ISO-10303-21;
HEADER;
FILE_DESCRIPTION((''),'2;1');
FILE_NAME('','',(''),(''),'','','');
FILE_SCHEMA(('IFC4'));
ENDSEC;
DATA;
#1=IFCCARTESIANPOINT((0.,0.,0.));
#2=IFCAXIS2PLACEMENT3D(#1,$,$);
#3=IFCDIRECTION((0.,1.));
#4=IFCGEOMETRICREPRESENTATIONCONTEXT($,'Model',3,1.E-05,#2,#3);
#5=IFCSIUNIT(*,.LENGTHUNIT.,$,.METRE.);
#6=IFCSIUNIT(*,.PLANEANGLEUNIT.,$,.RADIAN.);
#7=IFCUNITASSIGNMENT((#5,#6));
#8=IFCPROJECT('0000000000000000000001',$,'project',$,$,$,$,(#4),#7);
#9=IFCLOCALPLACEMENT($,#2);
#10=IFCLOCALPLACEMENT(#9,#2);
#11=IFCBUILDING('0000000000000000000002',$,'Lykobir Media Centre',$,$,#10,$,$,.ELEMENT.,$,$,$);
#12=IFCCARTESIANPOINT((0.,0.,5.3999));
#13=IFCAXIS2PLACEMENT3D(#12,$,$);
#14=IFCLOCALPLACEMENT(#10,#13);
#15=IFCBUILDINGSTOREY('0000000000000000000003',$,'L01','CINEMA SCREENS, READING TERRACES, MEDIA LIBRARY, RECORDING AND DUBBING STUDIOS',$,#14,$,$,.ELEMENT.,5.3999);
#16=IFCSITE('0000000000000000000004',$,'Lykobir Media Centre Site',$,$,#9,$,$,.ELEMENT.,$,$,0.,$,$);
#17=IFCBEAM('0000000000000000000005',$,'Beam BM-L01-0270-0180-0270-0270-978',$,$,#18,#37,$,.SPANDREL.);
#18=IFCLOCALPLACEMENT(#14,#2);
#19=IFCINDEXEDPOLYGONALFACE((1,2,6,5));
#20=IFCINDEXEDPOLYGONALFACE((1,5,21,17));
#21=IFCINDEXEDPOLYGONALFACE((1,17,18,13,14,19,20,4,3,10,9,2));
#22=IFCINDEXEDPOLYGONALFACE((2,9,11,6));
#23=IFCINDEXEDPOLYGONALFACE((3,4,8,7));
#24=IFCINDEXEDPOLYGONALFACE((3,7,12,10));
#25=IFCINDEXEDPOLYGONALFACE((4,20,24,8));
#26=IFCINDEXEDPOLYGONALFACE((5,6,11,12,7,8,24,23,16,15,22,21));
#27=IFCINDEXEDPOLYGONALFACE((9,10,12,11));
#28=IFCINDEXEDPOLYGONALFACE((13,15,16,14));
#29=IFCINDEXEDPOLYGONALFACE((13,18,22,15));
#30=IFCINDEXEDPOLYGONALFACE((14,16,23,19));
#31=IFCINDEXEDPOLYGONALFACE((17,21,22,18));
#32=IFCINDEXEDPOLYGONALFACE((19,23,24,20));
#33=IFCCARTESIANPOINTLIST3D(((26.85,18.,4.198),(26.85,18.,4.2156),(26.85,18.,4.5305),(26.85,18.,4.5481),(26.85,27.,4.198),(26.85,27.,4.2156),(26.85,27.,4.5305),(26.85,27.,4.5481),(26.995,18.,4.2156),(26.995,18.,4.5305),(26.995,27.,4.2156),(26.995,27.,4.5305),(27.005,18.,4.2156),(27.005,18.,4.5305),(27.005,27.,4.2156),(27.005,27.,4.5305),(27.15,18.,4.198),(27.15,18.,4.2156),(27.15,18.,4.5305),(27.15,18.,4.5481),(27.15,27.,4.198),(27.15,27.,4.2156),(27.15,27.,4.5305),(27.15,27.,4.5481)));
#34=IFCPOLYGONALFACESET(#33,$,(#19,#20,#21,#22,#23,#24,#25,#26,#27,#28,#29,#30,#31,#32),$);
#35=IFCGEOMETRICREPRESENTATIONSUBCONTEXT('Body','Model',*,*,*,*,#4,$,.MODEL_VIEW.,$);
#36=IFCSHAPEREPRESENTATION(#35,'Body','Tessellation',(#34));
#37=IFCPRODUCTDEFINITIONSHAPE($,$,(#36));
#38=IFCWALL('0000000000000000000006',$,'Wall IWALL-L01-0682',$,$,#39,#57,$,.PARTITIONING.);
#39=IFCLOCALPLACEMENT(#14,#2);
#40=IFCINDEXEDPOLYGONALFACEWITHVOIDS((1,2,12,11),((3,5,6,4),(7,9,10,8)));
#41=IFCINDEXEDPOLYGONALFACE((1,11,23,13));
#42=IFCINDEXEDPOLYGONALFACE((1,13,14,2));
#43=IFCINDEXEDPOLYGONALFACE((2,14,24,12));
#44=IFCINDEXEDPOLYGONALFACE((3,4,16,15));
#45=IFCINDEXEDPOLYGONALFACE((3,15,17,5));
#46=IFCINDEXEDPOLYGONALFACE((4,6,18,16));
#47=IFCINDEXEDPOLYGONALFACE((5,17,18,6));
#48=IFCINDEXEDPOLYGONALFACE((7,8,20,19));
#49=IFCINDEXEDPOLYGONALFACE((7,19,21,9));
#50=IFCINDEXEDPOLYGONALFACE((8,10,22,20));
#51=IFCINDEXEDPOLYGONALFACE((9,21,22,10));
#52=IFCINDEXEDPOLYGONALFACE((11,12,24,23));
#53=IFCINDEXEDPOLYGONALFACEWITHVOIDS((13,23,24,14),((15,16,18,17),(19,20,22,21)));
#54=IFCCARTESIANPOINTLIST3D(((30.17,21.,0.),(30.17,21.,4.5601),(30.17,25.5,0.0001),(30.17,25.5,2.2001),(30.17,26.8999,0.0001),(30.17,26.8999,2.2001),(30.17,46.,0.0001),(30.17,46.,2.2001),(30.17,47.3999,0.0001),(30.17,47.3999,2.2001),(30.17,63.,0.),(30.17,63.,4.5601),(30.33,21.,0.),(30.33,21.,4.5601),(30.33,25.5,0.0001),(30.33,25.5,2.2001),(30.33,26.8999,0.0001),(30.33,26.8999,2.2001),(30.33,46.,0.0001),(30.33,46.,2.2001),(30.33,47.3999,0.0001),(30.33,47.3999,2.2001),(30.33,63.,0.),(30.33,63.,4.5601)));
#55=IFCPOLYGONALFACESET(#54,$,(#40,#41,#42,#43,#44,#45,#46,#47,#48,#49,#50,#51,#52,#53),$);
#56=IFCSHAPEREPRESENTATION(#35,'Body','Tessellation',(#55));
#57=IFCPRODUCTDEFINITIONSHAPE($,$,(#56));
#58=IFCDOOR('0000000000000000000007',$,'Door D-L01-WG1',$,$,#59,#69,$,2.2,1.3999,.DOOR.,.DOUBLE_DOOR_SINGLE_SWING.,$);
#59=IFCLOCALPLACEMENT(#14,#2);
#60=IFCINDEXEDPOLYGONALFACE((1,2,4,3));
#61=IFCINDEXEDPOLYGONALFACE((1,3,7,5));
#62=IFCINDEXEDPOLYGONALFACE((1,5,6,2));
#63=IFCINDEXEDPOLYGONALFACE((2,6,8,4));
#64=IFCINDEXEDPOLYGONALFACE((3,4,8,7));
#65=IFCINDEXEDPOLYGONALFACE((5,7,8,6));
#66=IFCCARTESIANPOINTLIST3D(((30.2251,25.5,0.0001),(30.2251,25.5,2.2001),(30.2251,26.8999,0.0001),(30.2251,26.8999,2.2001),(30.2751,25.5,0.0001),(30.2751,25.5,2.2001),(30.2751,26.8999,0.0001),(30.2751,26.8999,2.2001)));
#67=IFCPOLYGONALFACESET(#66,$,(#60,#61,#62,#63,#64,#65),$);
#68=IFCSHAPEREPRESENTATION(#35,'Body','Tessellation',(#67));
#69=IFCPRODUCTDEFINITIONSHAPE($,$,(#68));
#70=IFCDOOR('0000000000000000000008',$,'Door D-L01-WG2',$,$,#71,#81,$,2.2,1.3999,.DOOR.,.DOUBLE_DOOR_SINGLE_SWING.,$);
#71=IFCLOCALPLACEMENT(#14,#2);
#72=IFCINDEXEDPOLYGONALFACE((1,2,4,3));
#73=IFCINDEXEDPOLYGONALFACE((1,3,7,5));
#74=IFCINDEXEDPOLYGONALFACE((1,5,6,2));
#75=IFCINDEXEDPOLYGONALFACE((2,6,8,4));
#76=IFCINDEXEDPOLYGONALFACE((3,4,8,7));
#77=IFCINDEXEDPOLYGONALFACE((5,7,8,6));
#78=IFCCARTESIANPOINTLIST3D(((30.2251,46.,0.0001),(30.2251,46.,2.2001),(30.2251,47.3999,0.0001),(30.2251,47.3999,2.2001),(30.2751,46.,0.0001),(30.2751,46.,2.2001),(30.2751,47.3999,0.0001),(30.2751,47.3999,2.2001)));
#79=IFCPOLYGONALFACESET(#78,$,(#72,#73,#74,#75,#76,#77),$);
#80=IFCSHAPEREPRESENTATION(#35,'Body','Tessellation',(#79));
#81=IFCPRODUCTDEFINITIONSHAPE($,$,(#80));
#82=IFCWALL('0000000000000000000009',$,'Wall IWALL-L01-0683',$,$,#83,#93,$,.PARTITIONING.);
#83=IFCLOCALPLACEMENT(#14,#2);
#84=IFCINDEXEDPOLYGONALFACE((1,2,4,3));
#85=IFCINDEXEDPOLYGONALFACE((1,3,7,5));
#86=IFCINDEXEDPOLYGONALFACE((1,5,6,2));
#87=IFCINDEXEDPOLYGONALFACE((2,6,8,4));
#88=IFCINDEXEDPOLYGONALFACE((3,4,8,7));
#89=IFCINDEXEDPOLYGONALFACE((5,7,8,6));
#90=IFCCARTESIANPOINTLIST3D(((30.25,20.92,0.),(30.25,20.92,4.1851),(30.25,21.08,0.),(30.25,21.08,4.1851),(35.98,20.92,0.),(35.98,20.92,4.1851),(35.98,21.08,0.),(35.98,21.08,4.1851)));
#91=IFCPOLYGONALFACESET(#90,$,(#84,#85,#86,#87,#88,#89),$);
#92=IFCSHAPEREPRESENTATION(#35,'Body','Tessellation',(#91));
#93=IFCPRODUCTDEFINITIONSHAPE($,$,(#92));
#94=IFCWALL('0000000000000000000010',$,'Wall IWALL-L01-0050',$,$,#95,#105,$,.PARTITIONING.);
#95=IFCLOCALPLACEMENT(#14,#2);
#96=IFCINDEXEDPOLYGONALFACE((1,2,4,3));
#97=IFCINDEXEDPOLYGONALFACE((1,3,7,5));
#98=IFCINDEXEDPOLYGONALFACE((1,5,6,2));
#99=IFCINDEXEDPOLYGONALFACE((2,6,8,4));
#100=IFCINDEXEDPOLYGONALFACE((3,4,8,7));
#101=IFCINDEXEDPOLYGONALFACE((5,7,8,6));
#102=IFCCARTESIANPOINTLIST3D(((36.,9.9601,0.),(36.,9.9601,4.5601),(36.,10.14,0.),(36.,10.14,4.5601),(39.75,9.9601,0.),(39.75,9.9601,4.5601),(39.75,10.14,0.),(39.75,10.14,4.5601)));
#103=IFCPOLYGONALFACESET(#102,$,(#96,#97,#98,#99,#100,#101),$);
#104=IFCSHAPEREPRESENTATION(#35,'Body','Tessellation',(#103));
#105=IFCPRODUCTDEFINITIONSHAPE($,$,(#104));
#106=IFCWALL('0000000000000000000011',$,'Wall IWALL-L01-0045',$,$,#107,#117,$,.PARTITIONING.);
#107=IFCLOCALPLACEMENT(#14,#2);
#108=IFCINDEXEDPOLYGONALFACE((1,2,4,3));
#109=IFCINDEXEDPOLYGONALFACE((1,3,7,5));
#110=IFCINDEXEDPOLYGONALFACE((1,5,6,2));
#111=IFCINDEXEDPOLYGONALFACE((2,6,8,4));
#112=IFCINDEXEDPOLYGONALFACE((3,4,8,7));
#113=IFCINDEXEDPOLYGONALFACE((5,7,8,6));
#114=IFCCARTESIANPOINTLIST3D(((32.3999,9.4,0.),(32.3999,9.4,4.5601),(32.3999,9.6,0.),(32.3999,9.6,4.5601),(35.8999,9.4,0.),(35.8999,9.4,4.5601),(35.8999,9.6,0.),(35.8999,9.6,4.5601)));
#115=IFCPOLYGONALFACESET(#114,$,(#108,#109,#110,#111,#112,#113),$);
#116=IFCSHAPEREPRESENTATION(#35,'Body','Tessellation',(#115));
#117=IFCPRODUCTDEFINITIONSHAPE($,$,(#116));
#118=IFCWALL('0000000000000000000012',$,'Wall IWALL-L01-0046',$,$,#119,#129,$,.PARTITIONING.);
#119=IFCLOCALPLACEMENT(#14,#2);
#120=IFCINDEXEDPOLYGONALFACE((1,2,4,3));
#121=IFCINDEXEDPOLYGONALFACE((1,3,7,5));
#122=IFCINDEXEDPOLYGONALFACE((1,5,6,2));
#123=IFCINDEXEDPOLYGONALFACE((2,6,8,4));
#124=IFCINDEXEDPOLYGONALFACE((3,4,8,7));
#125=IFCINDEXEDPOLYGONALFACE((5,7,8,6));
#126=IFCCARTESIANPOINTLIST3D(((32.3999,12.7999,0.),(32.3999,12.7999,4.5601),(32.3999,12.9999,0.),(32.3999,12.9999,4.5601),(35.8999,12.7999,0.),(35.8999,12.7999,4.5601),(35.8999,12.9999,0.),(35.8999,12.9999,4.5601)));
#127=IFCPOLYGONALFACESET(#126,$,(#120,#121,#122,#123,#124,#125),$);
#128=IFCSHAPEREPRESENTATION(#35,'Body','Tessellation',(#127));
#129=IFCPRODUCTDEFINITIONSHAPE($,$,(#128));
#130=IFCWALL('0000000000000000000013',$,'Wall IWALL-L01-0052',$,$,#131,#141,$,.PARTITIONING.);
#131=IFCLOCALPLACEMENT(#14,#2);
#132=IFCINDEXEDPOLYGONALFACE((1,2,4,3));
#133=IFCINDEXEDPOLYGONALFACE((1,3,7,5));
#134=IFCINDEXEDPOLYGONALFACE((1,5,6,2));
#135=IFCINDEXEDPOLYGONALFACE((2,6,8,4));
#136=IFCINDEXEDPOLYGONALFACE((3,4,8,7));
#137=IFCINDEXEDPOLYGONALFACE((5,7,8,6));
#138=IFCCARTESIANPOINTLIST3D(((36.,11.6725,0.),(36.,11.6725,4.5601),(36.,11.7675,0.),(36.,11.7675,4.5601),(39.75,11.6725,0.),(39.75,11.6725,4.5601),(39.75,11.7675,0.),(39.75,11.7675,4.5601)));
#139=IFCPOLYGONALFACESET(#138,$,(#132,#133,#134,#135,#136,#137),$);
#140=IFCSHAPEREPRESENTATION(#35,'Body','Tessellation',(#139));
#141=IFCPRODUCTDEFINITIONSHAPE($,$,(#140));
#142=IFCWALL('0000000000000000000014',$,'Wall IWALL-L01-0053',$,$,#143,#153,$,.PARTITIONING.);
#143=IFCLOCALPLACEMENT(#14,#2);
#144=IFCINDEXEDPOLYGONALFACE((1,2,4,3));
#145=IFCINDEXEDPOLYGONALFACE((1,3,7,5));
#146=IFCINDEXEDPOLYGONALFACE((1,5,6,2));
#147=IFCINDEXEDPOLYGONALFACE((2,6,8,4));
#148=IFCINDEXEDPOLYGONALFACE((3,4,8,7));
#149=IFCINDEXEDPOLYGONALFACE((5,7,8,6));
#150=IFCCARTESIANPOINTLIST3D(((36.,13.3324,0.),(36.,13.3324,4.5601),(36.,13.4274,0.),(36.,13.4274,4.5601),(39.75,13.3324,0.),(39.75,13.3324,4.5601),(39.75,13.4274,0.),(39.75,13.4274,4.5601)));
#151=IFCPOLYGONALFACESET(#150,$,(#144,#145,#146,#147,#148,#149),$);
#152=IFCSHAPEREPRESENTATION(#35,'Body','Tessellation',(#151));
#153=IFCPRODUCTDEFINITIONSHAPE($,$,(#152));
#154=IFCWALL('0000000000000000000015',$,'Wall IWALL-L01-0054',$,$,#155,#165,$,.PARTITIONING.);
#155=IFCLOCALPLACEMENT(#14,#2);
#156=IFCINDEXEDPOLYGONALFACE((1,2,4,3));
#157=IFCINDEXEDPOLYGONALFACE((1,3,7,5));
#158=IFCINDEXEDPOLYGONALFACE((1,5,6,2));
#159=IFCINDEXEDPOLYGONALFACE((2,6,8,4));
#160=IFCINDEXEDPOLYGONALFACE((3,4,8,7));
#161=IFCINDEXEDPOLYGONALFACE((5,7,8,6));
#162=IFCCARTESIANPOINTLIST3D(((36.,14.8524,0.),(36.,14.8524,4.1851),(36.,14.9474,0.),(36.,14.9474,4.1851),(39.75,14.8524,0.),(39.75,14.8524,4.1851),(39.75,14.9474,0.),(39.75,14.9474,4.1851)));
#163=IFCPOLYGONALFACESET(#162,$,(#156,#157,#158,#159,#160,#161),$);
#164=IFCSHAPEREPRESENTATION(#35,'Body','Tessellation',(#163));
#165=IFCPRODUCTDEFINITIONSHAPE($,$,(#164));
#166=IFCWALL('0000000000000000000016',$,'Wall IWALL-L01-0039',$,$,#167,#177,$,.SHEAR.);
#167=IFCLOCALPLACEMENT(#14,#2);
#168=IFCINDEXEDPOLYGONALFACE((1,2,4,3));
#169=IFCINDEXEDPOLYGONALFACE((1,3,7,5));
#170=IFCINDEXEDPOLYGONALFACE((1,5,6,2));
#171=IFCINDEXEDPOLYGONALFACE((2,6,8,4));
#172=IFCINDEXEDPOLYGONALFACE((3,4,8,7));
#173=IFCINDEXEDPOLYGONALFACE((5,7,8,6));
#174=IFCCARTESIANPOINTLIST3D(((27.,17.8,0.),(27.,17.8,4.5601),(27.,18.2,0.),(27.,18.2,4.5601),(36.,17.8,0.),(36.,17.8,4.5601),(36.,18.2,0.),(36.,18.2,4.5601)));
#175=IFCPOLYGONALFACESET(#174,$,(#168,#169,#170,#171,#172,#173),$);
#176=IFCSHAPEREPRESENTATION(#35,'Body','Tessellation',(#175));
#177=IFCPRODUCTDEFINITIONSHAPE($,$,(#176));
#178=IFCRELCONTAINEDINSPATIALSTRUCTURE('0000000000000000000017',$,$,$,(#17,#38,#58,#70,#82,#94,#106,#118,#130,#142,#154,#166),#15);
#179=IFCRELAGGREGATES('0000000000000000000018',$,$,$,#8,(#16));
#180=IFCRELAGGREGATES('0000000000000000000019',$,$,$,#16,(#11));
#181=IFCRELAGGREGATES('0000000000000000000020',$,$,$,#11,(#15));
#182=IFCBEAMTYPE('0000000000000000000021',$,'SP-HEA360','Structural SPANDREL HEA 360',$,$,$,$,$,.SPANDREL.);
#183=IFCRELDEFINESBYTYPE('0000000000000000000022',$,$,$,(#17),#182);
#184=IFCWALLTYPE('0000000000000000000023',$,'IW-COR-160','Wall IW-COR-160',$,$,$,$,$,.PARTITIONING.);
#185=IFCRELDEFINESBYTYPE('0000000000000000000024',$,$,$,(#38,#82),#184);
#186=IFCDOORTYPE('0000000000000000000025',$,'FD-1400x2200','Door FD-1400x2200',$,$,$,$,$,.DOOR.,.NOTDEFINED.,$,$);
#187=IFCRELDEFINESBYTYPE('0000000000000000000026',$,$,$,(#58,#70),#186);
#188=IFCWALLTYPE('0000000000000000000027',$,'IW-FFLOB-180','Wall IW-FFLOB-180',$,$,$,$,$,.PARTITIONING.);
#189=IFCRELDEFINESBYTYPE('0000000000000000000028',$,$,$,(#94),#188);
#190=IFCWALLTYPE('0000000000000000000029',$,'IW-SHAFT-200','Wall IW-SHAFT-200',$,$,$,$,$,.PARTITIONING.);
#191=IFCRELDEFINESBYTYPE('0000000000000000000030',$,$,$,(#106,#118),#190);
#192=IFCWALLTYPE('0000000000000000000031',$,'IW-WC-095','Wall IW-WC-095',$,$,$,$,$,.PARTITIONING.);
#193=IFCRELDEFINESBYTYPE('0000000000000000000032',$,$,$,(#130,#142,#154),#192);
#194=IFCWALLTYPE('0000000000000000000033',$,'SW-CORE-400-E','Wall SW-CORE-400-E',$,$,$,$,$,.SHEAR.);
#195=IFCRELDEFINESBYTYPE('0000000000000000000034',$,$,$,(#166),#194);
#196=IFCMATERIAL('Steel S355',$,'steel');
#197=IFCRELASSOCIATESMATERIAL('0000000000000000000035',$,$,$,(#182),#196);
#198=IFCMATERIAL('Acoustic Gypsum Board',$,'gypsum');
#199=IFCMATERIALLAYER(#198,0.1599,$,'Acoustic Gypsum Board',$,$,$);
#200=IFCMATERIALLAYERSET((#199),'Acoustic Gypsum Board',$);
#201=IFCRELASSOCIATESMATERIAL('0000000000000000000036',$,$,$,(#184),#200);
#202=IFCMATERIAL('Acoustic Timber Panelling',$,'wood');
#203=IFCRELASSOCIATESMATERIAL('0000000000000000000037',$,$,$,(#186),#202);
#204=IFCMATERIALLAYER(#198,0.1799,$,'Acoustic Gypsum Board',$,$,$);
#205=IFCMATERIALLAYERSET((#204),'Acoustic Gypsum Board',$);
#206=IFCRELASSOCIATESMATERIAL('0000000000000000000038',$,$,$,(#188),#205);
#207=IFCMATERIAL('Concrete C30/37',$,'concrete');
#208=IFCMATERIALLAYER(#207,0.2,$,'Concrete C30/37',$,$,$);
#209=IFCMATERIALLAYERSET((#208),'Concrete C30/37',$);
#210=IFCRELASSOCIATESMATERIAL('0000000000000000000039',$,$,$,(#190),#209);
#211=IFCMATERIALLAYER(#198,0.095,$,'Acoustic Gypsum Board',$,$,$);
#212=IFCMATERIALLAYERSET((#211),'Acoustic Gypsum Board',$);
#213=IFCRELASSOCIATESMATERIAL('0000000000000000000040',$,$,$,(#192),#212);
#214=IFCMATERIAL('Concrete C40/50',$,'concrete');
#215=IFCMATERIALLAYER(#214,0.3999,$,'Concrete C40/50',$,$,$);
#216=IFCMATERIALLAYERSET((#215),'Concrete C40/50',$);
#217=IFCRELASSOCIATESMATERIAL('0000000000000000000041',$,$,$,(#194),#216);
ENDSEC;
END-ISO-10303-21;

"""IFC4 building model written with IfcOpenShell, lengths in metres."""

from ifc_helpers import new_model, si_unit, direction, frame, frame_2d, origin, origin_2d, place, context, subcontext, project, spatial, rectangle, i_section, extrude, material, layer, layer_set, material_profile, profile_set, type_object, element, fill, save


model = new_model("IFC4")

# Units and contexts
model_context = context("Model", 3, precision=1e-05, world=origin(), true_north=direction((0.0, 1.0)))
body_context = subcontext(model_context, "Body", "Model", "MODEL_VIEW")
ifc_project = project(units=[si_unit("LENGTHUNIT", "METRE"), si_unit("PLANEANGLEUNIT", "RADIAN")], contexts=[model_context])

# Site, building, storey
site_placement = place(None, origin())
site = spatial("IfcSite", under=ifc_project, at=site_placement, Name="Lykobir Media Centre Site", CompositionType="ELEMENT", RefElevation=0.0)
building_placement = place(site_placement, origin())
building = spatial("IfcBuilding", under=site, at=building_placement, Name="Lykobir Media Centre", CompositionType="ELEMENT")
storey_placement = place(building_placement, frame((0.0, 0.0, 5.3999)))
storey = spatial("IfcBuildingStorey", under=building, at=storey_placement, Name="L01", Description="CINEMA SCREENS, READING TERRACES, MEDIA LIBRARY, RECORDING AND DUBBING STUDIOS", CompositionType="ELEMENT", Elevation=5.3999)

# Shared definitions
ifc_material_1 = material(Name="Steel S355", Category="steel")

# Beam
ifc_material_profile_1 = material_profile(ifc_material_1, i_section(OverallWidth=0.3, OverallDepth=0.3501, WebThickness=0.01, FlangeThickness=0.0176, at=origin_2d()), Name="HEA 360")
ifc_profile_set_1 = profile_set([ifc_material_profile_1], Name="Steel S355")
beam_type_1 = type_object("IfcBeamType", Name="SP-HEA360", Description="Structural SPANDREL HEA 360", PredefinedType="SPANDREL", material=ifc_profile_set_1)
for number, where, z_axis, x_axis, name in (
    (1, (27.0, 18.0, 4.373), (0.0, 1.0, 0.0), (-1.0, 0.0, 0.0), "Beam BM-L01-0270-0180-0270-0270-978"),
):
    element("IfcBeam", number, at=place(storey_placement, frame(where, z_axis=z_axis, x_axis=x_axis)), inside=storey, type_object=beam_type_1, Name=name, PredefinedType="SPANDREL", context=body_context, shape_type="SweptSolid", body=[
        extrude(i_section(OverallWidth=0.3, OverallDepth=0.3501, WebThickness=0.01, FlangeThickness=0.0176, at=origin_2d()), origin(), (0.0, 0.0, 1.0), 9.0),
    ])

# Wall, openings, doors
ifc_material_2 = material(Name="Acoustic Gypsum Board", Category="gypsum")
ifc_layer_1 = layer(ifc_material_2, 0.1599, Name="Acoustic Gypsum Board")
ifc_layer_set_1 = layer_set([ifc_layer_1], Name="Acoustic Gypsum Board")
wall_type_1 = type_object("IfcWallType", Name="IW-COR-160", Description="Wall IW-COR-160", PredefinedType="PARTITIONING", material=ifc_layer_set_1)
wall_1_placement = place(storey_placement, frame((30.25, 21.0, 0.0), z_axis=(0.0, 0.0, 1.0), x_axis=(0.0, 1.0, 0.0)))
wall_1 = element("IfcWall", 2, at=wall_1_placement, inside=storey, type_object=wall_type_1, Name="Wall IWALL-L01-0682", PredefinedType="PARTITIONING", context=body_context, shape_type="SweptSolid", body=[
    extrude(rectangle(XDim=42.0, YDim=0.1599, at=frame_2d((21.0, 0.0))), origin(), (0.0, 0.0, 1.0), 4.5601),
])
opening_1_placement = place(wall_1_placement, frame((4.5, 0.0, 0.0)))
opening_1 = element("IfcOpeningElement", 3, at=opening_1_placement, cuts=wall_1, PredefinedType="OPENING", context=body_context, shape_type="SweptSolid", body=[
    extrude(rectangle(XDim=1.3999, YDim=2.2, at=frame_2d((0.7, 1.1001))), frame((0.0, 0.0898, 0.0), z_axis=(0.0, -1.0, 0.0), x_axis=(1.0, 0.0, 0.0)), (0.0, 0.0, 1.0), 0.1799),
])
opening_2_placement = place(wall_1_placement, frame((25.0, 0.0, 0.0)))
opening_2 = element("IfcOpeningElement", 4, at=opening_2_placement, cuts=wall_1, PredefinedType="OPENING", context=body_context, shape_type="SweptSolid", body=[
    extrude(rectangle(XDim=1.3999, YDim=2.2, at=frame_2d((0.7, 1.1001))), frame((0.0, 0.0898, 0.0), z_axis=(0.0, -1.0, 0.0), x_axis=(1.0, 0.0, 0.0)), (0.0, 0.0, 1.0), 0.1799),
])
ifc_material_3 = material(Name="Acoustic Timber Panelling", Category="wood")
door_type = type_object("IfcDoorType", Name="FD-1400x2200", Description="Door FD-1400x2200", OperationType="NOTDEFINED", PredefinedType="DOOR", material=ifc_material_3)
door_1_placement = place(opening_1_placement, origin())
door_1 = element("IfcDoor", 5, at=door_1_placement, inside=storey, type_object=door_type, Name="Door D-L01-WG1", OperationType="DOUBLE_DOOR_SINGLE_SWING", OverallHeight=2.2, OverallWidth=1.3999, PredefinedType="DOOR", context=body_context, shape_type="SweptSolid", body=[
    extrude(rectangle(XDim=1.3999, YDim=2.2, at=frame_2d((0.7, 1.1001))), frame((0.0, 0.0249, 0.0), z_axis=(0.0, -1.0, 0.0), x_axis=(1.0, 0.0, 0.0)), (0.0, 0.0, 1.0), 0.05),
])
fill(opening_1, door_1)
door_2_placement = place(opening_2_placement, origin())
door_2 = element("IfcDoor", 6, at=door_2_placement, inside=storey, type_object=door_type, Name="Door D-L01-WG2", OperationType="DOUBLE_DOOR_SINGLE_SWING", OverallHeight=2.2, OverallWidth=1.3999, PredefinedType="DOOR", context=body_context, shape_type="SweptSolid", body=[
    extrude(rectangle(XDim=1.3999, YDim=2.2, at=frame_2d((0.7, 1.1001))), frame((0.0, 0.0249, 0.0), z_axis=(0.0, -1.0, 0.0), x_axis=(1.0, 0.0, 0.0)), (0.0, 0.0, 1.0), 0.05),
])
fill(opening_2, door_2)

# Walls
wall_2_placement = place(storey_placement, frame((30.25, 21.0, 0.0), z_axis=(0.0, 0.0, 1.0), x_axis=(1.0, 0.0, 0.0)))
element("IfcWall", 7, at=wall_2_placement, inside=storey, type_object=wall_type_1, Name="Wall IWALL-L01-0683", PredefinedType="PARTITIONING", context=body_context, shape_type="SweptSolid", body=[
    extrude(rectangle(XDim=5.73, YDim=0.1599, at=frame_2d((2.865, 0.0))), origin(), (0.0, 0.0, 1.0), 4.1851),
])
ifc_layer_2 = layer(ifc_material_2, 0.1799, Name="Acoustic Gypsum Board")
ifc_layer_set_2 = layer_set([ifc_layer_2], Name="Acoustic Gypsum Board")
wall_type_2 = type_object("IfcWallType", Name="IW-FFLOB-180", Description="Wall IW-FFLOB-180", PredefinedType="PARTITIONING", material=ifc_layer_set_2)
wall_3_placement = place(storey_placement, frame((36.0, 10.05, 0.0), z_axis=(0.0, 0.0, 1.0), x_axis=(1.0, 0.0, 0.0)))
element("IfcWall", 8, at=wall_3_placement, inside=storey, type_object=wall_type_2, Name="Wall IWALL-L01-0050", PredefinedType="PARTITIONING", context=body_context, shape_type="SweptSolid", body=[
    extrude(rectangle(XDim=3.75, YDim=0.1799, at=frame_2d((1.875, 0.0))), origin(), (0.0, 0.0, 1.0), 4.5601),
])
ifc_material_4 = material(Name="Concrete C30/37", Category="concrete")
ifc_layer_3 = layer(ifc_material_4, 0.2, Name="Concrete C30/37")
ifc_layer_set_3 = layer_set([ifc_layer_3], Name="Concrete C30/37")
wall_type_3 = type_object("IfcWallType", Name="IW-SHAFT-200", Description="Wall IW-SHAFT-200", PredefinedType="PARTITIONING", material=ifc_layer_set_3)
for number, where, z_axis, x_axis, name in (
    (9, (32.3999, 9.5, 0.0), (0.0, 0.0, 1.0), (1.0, 0.0, 0.0), "Wall IWALL-L01-0045"),
    (10, (32.3999, 12.8999, 0.0), (0.0, 0.0, 1.0), (1.0, 0.0, 0.0), "Wall IWALL-L01-0046"),
):
    element("IfcWall", number, at=place(storey_placement, frame(where, z_axis=z_axis, x_axis=x_axis)), inside=storey, type_object=wall_type_3, Name=name, PredefinedType="PARTITIONING", context=body_context, shape_type="SweptSolid", body=[
        extrude(rectangle(XDim=3.5, YDim=0.2, at=frame_2d((1.75, 0.0))), origin(), (0.0, 0.0, 1.0), 4.5601),
    ])
ifc_layer_4 = layer(ifc_material_2, 0.095, Name="Acoustic Gypsum Board")
ifc_layer_set_4 = layer_set([ifc_layer_4], Name="Acoustic Gypsum Board")
wall_type_4 = type_object("IfcWallType", Name="IW-WC-095", Description="Wall IW-WC-095", PredefinedType="PARTITIONING", material=ifc_layer_set_4)
for number, where, z_axis, x_axis, name in (
    (11, (36.0, 11.72, 0.0), (0.0, 0.0, 1.0), (1.0, 0.0, 0.0), "Wall IWALL-L01-0052"),
    (12, (36.0, 13.3799, 0.0), (0.0, 0.0, 1.0), (1.0, 0.0, 0.0), "Wall IWALL-L01-0053"),
):
    element("IfcWall", number, at=place(storey_placement, frame(where, z_axis=z_axis, x_axis=x_axis)), inside=storey, type_object=wall_type_4, Name=name, PredefinedType="PARTITIONING", context=body_context, shape_type="SweptSolid", body=[
        extrude(rectangle(XDim=3.75, YDim=0.095, at=frame_2d((1.875, 0.0))), origin(), (0.0, 0.0, 1.0), 4.5601),
    ])
wall_4_placement = place(storey_placement, frame((36.0, 14.8999, 0.0), z_axis=(0.0, 0.0, 1.0), x_axis=(1.0, 0.0, 0.0)))
element("IfcWall", 13, at=wall_4_placement, inside=storey, type_object=wall_type_4, Name="Wall IWALL-L01-0054", PredefinedType="PARTITIONING", context=body_context, shape_type="SweptSolid", body=[
    extrude(rectangle(XDim=3.75, YDim=0.095, at=frame_2d((1.875, 0.0))), origin(), (0.0, 0.0, 1.0), 4.1851),
])
ifc_material_5 = material(Name="Concrete C40/50", Category="concrete")
ifc_layer_5 = layer(ifc_material_5, 0.3999, Name="Concrete C40/50")
ifc_layer_set_5 = layer_set([ifc_layer_5], Name="Concrete C40/50")
wall_type_5 = type_object("IfcWallType", Name="SW-CORE-400-E", Description="Wall SW-CORE-400-E", PredefinedType="SHEAR", material=ifc_layer_set_5)
wall_5_placement = place(storey_placement, frame((36.0, 18.0, 0.0), z_axis=(0.0, 0.0, 1.0), x_axis=(-1.0, 0.0, 0.0)))
element("IfcWall", 14, at=wall_5_placement, inside=storey, type_object=wall_type_5, Name="Wall IWALL-L01-0039", PredefinedType="SHEAR", context=body_context, shape_type="SweptSolid", body=[
    extrude(rectangle(XDim=9.0, YDim=0.3999, at=frame_2d((4.5, 0.0))), origin(), (0.0, 0.0, 1.0), 4.5601),
])

save(model, "model.ifc")
